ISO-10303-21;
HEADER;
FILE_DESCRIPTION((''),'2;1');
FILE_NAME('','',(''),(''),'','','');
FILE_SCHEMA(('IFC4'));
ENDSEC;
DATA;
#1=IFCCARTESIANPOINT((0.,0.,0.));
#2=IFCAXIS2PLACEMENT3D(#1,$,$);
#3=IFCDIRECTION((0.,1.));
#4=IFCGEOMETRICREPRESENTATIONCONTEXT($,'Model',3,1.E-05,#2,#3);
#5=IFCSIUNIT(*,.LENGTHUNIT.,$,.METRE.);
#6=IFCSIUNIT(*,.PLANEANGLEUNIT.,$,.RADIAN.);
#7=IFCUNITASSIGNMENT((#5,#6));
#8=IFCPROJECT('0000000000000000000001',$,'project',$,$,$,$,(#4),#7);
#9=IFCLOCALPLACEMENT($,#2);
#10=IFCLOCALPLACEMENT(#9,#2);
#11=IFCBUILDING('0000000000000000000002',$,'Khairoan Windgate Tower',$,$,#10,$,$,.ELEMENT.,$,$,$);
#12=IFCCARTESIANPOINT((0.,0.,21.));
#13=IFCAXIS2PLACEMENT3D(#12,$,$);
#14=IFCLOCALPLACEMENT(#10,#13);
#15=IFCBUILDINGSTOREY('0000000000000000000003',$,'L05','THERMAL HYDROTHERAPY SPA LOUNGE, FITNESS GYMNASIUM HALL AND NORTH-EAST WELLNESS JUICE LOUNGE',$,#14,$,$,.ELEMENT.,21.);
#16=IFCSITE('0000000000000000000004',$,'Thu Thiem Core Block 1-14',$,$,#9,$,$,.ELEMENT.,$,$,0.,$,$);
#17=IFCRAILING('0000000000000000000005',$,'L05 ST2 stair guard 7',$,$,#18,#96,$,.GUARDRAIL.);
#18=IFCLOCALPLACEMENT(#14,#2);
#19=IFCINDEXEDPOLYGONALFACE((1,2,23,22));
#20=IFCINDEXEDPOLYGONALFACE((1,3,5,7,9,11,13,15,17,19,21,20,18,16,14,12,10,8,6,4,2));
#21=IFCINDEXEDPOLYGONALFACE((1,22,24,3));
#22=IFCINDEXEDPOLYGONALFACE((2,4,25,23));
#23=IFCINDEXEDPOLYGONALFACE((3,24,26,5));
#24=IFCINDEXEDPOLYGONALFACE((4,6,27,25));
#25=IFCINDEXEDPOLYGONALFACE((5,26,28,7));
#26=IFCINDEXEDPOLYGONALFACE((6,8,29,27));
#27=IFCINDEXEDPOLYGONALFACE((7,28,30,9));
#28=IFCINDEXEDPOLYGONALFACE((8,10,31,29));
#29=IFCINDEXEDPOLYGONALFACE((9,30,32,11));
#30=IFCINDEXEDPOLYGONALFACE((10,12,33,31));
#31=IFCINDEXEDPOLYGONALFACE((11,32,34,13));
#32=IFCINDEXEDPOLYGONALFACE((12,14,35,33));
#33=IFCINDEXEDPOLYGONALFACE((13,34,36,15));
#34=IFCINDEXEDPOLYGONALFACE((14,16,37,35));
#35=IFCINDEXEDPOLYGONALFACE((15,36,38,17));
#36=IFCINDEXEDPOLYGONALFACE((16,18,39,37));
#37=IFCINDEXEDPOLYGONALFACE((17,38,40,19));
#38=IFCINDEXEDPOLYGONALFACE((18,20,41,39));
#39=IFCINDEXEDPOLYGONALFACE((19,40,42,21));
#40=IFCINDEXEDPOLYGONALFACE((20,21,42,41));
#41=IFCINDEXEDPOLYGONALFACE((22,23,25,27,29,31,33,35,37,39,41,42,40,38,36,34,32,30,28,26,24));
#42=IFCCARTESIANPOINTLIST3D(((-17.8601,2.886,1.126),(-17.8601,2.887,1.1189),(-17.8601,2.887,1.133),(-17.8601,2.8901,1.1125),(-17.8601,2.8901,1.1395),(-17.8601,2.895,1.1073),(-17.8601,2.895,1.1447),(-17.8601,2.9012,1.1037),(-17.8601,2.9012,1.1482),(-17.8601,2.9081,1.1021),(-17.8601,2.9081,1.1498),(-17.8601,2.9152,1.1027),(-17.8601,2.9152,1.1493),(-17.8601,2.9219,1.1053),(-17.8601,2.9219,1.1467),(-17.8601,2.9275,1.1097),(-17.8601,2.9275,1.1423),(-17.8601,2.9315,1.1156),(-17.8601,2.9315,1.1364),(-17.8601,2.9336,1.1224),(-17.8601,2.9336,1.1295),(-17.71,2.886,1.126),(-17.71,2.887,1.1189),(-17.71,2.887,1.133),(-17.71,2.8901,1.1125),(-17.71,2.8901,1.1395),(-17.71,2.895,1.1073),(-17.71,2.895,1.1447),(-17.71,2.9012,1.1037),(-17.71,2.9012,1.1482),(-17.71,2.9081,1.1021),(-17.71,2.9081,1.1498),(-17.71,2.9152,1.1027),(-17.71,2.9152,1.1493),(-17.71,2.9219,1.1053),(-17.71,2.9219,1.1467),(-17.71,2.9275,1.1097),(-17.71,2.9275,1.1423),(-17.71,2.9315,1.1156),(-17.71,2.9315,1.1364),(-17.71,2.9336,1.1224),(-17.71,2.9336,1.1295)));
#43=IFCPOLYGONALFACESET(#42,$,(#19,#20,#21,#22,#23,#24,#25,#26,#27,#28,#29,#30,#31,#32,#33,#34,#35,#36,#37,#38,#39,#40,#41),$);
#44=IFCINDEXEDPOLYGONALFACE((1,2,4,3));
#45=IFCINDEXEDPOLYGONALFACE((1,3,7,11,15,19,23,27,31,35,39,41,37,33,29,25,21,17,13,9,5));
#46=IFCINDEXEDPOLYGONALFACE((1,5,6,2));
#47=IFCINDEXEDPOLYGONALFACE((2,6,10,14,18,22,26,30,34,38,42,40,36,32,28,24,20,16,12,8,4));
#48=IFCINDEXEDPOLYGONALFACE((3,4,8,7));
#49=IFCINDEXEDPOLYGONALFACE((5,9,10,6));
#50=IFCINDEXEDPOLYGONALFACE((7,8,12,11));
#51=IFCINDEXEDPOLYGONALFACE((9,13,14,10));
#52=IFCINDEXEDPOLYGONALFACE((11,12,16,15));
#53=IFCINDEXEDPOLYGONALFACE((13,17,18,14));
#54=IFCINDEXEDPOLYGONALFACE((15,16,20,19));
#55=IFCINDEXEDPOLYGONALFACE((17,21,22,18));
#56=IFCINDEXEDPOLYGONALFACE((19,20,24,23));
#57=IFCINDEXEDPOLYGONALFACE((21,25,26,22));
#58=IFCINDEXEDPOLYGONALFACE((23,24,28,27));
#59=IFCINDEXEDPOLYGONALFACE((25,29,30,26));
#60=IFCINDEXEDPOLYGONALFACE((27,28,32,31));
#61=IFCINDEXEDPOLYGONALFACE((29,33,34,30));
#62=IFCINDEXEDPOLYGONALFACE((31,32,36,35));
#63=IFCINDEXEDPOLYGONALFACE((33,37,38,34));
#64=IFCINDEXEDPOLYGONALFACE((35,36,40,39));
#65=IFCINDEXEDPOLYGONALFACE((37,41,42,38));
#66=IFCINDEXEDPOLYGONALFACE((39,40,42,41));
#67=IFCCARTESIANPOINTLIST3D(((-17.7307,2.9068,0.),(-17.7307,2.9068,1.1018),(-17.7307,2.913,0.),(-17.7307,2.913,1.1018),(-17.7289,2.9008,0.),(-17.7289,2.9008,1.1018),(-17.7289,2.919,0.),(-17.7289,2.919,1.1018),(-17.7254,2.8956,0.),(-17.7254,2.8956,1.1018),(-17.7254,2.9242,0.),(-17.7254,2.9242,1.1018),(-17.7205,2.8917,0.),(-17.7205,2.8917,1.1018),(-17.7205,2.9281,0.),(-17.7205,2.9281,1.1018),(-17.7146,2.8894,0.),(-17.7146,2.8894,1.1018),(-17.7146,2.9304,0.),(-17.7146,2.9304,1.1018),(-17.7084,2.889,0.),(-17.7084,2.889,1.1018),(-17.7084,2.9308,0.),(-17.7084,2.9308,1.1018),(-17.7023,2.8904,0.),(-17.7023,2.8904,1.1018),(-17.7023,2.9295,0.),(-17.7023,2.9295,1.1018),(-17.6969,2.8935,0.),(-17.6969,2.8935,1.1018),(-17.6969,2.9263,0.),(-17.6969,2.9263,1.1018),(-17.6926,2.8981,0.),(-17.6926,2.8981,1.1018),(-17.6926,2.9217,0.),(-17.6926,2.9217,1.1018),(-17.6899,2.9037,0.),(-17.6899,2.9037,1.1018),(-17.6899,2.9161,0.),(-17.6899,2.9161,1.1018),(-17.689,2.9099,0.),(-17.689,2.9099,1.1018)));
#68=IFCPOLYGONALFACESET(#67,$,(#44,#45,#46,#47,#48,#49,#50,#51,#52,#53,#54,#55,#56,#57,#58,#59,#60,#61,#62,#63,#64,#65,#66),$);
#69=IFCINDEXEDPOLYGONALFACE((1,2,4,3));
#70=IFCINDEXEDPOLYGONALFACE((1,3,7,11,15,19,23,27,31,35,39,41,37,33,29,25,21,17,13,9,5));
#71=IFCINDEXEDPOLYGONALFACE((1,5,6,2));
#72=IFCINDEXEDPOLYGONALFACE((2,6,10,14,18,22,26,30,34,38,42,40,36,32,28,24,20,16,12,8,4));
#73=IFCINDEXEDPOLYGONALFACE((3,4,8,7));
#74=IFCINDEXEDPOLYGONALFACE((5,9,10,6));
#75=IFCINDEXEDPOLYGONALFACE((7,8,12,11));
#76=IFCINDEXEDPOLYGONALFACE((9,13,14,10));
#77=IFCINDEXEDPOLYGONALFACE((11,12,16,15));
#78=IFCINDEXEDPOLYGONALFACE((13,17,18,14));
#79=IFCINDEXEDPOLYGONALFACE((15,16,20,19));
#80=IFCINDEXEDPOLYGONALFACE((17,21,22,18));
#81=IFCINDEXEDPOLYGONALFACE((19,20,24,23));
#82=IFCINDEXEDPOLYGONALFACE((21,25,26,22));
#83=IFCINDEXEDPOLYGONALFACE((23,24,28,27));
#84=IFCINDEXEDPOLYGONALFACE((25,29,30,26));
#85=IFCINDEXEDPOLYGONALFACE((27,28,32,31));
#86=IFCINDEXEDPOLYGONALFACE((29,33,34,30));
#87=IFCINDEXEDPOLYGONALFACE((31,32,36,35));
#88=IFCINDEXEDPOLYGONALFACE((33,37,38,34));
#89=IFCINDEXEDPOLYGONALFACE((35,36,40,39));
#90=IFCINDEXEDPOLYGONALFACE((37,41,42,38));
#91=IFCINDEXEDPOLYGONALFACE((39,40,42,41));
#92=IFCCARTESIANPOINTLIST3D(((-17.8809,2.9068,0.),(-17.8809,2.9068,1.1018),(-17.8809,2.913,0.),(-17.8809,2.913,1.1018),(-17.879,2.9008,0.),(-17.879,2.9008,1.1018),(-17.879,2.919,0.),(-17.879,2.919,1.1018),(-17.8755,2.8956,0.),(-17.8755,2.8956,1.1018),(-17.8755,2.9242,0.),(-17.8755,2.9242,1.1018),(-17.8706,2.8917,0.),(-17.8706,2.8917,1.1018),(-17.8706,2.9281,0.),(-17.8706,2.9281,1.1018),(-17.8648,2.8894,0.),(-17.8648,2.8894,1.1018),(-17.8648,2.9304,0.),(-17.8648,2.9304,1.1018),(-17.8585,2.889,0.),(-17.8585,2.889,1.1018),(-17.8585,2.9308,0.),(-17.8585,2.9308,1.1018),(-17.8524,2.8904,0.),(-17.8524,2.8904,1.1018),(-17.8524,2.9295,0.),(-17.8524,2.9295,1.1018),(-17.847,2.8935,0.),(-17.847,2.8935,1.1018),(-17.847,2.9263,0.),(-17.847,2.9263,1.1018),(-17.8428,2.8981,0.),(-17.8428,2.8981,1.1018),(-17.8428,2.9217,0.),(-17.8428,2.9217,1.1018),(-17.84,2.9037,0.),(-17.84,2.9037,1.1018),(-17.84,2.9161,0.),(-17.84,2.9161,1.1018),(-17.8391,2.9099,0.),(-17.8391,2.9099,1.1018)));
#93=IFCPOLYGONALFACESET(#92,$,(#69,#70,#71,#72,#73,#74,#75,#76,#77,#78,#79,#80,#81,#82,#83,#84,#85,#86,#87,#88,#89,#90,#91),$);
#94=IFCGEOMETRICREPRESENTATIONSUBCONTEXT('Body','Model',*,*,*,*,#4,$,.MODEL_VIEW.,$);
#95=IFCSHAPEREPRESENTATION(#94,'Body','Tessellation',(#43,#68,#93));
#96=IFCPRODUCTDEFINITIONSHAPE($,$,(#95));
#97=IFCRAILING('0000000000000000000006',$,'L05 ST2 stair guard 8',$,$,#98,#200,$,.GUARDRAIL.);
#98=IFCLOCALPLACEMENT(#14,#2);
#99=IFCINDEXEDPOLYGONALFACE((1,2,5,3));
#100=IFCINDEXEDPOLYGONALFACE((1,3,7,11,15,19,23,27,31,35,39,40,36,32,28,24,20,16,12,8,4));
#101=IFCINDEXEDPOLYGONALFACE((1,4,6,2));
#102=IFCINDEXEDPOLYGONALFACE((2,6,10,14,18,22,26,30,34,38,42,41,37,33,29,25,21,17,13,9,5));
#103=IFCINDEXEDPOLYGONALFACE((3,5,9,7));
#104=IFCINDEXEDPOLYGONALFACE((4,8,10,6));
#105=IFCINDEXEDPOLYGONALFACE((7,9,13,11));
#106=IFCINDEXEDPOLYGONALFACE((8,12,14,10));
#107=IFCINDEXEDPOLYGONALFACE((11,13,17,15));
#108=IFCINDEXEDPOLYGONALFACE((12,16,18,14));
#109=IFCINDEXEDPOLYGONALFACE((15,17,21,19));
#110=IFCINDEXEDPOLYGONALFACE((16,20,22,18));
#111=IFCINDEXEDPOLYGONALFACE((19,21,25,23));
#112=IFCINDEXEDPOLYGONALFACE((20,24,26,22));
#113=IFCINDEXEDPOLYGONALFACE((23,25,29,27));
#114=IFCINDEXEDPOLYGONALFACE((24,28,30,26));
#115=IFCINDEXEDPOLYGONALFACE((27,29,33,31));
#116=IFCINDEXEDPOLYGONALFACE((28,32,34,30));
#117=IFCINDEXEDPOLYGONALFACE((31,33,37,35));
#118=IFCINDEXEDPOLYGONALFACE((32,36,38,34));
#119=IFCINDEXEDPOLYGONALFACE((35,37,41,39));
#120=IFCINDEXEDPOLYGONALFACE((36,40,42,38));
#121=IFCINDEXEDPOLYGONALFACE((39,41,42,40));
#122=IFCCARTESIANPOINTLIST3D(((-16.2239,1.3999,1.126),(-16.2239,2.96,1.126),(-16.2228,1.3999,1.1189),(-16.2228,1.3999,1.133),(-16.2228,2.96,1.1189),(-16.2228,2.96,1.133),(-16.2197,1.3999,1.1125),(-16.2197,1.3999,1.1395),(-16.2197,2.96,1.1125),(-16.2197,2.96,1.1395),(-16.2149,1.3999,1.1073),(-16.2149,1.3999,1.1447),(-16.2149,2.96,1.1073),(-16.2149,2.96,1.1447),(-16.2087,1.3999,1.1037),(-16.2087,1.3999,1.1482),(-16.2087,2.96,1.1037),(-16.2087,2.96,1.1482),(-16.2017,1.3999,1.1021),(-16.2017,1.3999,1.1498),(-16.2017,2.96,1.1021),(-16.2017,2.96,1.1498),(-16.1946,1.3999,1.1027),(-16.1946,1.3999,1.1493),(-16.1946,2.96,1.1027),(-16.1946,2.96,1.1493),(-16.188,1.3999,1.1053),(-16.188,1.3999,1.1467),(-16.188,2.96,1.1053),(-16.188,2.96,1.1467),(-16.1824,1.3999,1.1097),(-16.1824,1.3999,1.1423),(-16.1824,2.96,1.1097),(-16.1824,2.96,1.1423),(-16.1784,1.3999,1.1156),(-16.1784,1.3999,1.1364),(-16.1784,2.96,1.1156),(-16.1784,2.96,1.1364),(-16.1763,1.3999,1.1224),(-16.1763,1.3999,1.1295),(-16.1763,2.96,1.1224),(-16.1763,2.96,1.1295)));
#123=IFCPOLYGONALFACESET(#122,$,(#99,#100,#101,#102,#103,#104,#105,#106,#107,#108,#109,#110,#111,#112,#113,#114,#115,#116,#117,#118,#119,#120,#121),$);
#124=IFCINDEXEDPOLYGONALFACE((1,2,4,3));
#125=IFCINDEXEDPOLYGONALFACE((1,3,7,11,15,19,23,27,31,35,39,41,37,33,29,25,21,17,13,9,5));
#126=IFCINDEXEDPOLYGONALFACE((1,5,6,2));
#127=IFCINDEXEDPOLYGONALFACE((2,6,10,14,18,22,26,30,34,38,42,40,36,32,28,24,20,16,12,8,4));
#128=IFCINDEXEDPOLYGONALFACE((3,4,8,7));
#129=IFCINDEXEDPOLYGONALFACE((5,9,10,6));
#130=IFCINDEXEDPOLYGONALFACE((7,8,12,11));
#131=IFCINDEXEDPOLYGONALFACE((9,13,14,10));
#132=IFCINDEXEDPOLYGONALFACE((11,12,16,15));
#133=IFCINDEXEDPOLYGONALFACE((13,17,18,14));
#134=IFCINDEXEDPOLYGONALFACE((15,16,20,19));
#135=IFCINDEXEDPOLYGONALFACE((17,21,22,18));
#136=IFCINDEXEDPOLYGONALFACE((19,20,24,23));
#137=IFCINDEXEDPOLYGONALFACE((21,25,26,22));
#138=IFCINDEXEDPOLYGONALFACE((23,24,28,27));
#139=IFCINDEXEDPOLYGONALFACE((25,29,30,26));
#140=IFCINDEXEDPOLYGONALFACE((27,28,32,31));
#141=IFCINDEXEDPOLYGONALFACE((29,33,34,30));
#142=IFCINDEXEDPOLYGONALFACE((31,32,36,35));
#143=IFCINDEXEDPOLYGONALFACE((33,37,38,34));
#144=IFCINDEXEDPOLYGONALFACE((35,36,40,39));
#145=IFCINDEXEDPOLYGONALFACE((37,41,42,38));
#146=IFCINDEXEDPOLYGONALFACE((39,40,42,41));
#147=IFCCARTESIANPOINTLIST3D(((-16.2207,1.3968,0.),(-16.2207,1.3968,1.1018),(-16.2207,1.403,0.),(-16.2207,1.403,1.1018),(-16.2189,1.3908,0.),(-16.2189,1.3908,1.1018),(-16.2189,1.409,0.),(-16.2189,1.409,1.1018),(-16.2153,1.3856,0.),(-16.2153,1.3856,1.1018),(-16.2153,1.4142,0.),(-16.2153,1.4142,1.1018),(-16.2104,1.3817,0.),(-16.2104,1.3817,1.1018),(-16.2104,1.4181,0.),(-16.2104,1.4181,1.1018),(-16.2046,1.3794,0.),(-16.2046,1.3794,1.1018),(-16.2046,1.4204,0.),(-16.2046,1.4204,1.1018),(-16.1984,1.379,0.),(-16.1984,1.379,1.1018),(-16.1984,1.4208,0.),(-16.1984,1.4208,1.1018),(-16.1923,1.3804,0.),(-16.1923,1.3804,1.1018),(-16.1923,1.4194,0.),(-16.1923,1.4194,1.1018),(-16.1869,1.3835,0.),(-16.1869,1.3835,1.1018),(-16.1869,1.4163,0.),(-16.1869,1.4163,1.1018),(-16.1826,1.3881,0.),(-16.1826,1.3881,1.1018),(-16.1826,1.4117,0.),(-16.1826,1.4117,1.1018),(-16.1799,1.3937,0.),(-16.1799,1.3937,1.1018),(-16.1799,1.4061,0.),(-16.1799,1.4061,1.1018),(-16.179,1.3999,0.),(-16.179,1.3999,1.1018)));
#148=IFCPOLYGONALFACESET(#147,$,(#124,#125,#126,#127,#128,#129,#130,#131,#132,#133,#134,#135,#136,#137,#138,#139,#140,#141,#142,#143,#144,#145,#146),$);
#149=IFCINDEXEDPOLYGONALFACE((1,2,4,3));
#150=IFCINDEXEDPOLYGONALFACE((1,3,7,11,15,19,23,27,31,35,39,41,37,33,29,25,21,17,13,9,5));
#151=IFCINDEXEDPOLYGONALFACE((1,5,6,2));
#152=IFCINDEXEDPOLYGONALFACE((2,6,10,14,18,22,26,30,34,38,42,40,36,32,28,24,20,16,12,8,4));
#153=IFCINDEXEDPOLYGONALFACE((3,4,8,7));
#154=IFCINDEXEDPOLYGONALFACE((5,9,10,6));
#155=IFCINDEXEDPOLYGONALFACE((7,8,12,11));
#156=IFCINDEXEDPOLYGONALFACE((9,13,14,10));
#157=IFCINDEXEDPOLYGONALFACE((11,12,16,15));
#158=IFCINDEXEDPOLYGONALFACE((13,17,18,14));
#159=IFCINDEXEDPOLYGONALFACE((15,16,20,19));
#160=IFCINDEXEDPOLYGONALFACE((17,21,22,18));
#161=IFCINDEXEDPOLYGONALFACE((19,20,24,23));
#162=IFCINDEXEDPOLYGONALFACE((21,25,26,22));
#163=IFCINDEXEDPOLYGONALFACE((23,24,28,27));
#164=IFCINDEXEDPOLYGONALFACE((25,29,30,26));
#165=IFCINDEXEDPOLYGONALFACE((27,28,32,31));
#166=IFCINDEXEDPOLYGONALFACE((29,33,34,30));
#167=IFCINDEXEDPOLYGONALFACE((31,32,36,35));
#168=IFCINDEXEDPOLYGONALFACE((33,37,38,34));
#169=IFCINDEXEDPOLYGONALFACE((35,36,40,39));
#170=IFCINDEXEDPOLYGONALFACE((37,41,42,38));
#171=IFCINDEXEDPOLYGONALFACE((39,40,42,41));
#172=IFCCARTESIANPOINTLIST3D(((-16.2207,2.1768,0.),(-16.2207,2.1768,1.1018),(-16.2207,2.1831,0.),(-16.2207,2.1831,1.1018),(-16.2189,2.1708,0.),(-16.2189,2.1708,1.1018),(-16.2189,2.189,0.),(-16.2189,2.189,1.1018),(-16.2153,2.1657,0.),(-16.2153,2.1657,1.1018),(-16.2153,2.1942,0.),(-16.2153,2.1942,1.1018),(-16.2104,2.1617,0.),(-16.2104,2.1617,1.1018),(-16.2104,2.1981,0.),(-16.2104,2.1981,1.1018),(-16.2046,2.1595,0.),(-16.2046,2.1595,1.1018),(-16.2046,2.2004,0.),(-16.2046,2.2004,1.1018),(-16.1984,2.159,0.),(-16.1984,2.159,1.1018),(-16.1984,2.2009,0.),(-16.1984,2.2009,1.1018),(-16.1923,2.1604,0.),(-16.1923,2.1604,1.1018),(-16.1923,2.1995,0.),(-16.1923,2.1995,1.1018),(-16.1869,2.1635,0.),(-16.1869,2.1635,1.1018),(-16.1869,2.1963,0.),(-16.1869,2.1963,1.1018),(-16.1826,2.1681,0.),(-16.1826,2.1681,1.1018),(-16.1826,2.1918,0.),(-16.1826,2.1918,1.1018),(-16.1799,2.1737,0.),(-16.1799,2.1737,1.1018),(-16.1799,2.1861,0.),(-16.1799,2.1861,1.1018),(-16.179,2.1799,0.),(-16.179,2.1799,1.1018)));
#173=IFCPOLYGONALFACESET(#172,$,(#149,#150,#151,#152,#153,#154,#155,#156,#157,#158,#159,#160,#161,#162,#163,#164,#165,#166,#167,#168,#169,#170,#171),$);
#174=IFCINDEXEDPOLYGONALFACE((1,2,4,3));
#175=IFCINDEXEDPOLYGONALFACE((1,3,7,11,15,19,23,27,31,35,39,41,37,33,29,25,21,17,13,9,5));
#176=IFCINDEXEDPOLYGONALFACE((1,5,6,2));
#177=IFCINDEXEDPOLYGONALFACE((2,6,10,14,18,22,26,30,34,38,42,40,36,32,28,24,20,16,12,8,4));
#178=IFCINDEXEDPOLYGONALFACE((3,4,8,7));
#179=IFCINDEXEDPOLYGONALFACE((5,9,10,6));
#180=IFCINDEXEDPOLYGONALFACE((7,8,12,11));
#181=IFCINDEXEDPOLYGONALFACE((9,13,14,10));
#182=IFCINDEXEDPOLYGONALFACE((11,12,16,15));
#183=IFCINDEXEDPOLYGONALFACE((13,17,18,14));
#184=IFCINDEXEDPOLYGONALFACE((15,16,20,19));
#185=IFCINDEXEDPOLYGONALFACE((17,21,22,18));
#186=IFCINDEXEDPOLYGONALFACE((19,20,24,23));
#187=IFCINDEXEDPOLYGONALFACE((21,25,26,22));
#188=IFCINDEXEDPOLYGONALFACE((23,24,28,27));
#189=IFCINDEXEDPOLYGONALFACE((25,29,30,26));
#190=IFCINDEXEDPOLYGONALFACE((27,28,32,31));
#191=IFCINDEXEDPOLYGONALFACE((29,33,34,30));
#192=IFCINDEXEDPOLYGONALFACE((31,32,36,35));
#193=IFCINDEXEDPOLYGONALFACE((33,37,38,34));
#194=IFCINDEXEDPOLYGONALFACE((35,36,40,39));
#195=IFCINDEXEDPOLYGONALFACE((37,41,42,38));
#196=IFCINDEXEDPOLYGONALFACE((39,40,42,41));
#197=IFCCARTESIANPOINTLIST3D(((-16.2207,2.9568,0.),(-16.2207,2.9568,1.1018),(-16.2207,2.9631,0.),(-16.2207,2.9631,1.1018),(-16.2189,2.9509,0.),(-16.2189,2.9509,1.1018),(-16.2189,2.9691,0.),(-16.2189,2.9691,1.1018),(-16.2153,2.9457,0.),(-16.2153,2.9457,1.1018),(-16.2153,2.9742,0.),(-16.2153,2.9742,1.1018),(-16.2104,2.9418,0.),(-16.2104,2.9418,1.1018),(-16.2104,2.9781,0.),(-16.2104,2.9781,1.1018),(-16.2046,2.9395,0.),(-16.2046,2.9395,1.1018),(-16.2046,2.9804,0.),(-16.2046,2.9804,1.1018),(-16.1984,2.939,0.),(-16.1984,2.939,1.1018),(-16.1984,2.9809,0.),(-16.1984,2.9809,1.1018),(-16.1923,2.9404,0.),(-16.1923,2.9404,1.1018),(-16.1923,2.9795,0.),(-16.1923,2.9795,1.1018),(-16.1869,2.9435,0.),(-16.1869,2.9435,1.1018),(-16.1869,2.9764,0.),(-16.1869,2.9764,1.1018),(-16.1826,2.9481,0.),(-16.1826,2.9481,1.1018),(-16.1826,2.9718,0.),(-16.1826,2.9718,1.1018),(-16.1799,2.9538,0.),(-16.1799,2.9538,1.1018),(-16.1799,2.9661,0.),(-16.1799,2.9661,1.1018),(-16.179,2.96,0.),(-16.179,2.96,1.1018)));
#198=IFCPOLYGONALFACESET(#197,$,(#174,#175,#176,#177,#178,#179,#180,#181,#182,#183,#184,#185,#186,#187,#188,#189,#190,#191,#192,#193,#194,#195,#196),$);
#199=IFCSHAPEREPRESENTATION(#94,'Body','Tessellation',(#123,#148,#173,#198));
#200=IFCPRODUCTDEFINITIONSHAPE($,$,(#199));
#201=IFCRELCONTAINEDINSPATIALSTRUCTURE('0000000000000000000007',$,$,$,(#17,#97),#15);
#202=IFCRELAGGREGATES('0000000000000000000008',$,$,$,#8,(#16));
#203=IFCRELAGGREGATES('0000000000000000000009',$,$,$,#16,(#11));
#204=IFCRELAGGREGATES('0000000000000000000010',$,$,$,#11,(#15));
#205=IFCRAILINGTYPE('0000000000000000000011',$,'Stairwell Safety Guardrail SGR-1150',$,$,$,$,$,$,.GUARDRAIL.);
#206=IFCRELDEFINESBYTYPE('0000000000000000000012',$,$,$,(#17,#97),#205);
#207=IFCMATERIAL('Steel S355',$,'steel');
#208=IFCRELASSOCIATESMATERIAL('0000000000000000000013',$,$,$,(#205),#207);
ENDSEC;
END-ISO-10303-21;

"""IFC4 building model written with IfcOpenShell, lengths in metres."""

from ifc_helpers import new_model, si_unit, direction, frame, origin, origin_2d, place, context, subcontext, project, spatial, circle, extrude, material, type_object, element, save


model = new_model("IFC4")

# Units and contexts
model_context = context("Model", 3, precision=1e-05, world=origin(), true_north=direction((0.0, 1.0)))
body_context = subcontext(model_context, "Body", "Model", "MODEL_VIEW")
ifc_project = project(units=[si_unit("LENGTHUNIT", "METRE"), si_unit("PLANEANGLEUNIT", "RADIAN")], contexts=[model_context])

# Site, building, storey
site_placement = place(None, origin())
site = spatial("IfcSite", under=ifc_project, at=site_placement, Name="Thu Thiem Core Block 1-14", CompositionType="ELEMENT", RefElevation=0.0)
building_placement = place(site_placement, origin())
building = spatial("IfcBuilding", under=site, at=building_placement, Name="Khairoan Windgate Tower", CompositionType="ELEMENT")
storey_placement = place(building_placement, frame((0.0, 0.0, 21.0)))
storey = spatial("IfcBuildingStorey", under=building, at=storey_placement, Name="L05", Description="THERMAL HYDROTHERAPY SPA LOUNGE, FITNESS GYMNASIUM HALL AND NORTH-EAST WELLNESS JUICE LOUNGE", CompositionType="ELEMENT", Elevation=21.0)

# Railings
ifc_material_1 = material(Name="Steel S355", Category="steel")
railing_type_1 = type_object("IfcRailingType", Name="Stairwell Safety Guardrail SGR-1150", PredefinedType="GUARDRAIL", material=ifc_material_1)
railing_1_placement = place(storey_placement, frame((-17.71, 2.9099, 0.0)))
element("IfcRailing", 1, at=railing_1_placement, inside=storey, type_object=railing_type_1, Name="L05 ST2 stair guard 7", PredefinedType="GUARDRAIL", context=body_context, shape_type="SweptSolid", body=[
    extrude(circle(Radius=0.0239, at=origin_2d()), frame((0.0, 0.0, 1.126), z_axis=(-1.0, 0.0, 0.0), x_axis=(0.0, -1.0, 0.0)), (0.0, 0.0, 1.0), 0.1501),
    extrude(circle(Radius=0.021, at=origin_2d()), origin(), (0.0, 0.0, 1.0), 1.1018),
    extrude(circle(Radius=0.021, at=origin_2d()), frame((-0.1501, 0.0, 0.0)), (0.0, 0.0, 1.0), 1.1018),
])
railing_2_placement = place(storey_placement, frame((-16.2, 1.3999, 0.0)))
element("IfcRailing", 2, at=railing_2_placement, inside=storey, type_object=railing_type_1, Name="L05 ST2 stair guard 8", PredefinedType="GUARDRAIL", context=body_context, shape_type="SweptSolid", body=[
    extrude(circle(Radius=0.0239, at=origin_2d()), frame((0.0, 0.0, 1.126), z_axis=(0.0, 1.0, 0.0), x_axis=(-1.0, 0.0, 0.0)), (0.0, 0.0, 1.0), 1.5601),
    extrude(circle(Radius=0.021, at=origin_2d()), origin(), (0.0, 0.0, 1.0), 1.1018),
    extrude(circle(Radius=0.021, at=origin_2d()), frame((0.0, 0.78, 0.0)), (0.0, 0.0, 1.0), 1.1018),
    extrude(circle(Radius=0.021, at=origin_2d()), frame((0.0, 1.5601, 0.0)), (0.0, 0.0, 1.0), 1.1018),
])

save(model, "model.ifc")
